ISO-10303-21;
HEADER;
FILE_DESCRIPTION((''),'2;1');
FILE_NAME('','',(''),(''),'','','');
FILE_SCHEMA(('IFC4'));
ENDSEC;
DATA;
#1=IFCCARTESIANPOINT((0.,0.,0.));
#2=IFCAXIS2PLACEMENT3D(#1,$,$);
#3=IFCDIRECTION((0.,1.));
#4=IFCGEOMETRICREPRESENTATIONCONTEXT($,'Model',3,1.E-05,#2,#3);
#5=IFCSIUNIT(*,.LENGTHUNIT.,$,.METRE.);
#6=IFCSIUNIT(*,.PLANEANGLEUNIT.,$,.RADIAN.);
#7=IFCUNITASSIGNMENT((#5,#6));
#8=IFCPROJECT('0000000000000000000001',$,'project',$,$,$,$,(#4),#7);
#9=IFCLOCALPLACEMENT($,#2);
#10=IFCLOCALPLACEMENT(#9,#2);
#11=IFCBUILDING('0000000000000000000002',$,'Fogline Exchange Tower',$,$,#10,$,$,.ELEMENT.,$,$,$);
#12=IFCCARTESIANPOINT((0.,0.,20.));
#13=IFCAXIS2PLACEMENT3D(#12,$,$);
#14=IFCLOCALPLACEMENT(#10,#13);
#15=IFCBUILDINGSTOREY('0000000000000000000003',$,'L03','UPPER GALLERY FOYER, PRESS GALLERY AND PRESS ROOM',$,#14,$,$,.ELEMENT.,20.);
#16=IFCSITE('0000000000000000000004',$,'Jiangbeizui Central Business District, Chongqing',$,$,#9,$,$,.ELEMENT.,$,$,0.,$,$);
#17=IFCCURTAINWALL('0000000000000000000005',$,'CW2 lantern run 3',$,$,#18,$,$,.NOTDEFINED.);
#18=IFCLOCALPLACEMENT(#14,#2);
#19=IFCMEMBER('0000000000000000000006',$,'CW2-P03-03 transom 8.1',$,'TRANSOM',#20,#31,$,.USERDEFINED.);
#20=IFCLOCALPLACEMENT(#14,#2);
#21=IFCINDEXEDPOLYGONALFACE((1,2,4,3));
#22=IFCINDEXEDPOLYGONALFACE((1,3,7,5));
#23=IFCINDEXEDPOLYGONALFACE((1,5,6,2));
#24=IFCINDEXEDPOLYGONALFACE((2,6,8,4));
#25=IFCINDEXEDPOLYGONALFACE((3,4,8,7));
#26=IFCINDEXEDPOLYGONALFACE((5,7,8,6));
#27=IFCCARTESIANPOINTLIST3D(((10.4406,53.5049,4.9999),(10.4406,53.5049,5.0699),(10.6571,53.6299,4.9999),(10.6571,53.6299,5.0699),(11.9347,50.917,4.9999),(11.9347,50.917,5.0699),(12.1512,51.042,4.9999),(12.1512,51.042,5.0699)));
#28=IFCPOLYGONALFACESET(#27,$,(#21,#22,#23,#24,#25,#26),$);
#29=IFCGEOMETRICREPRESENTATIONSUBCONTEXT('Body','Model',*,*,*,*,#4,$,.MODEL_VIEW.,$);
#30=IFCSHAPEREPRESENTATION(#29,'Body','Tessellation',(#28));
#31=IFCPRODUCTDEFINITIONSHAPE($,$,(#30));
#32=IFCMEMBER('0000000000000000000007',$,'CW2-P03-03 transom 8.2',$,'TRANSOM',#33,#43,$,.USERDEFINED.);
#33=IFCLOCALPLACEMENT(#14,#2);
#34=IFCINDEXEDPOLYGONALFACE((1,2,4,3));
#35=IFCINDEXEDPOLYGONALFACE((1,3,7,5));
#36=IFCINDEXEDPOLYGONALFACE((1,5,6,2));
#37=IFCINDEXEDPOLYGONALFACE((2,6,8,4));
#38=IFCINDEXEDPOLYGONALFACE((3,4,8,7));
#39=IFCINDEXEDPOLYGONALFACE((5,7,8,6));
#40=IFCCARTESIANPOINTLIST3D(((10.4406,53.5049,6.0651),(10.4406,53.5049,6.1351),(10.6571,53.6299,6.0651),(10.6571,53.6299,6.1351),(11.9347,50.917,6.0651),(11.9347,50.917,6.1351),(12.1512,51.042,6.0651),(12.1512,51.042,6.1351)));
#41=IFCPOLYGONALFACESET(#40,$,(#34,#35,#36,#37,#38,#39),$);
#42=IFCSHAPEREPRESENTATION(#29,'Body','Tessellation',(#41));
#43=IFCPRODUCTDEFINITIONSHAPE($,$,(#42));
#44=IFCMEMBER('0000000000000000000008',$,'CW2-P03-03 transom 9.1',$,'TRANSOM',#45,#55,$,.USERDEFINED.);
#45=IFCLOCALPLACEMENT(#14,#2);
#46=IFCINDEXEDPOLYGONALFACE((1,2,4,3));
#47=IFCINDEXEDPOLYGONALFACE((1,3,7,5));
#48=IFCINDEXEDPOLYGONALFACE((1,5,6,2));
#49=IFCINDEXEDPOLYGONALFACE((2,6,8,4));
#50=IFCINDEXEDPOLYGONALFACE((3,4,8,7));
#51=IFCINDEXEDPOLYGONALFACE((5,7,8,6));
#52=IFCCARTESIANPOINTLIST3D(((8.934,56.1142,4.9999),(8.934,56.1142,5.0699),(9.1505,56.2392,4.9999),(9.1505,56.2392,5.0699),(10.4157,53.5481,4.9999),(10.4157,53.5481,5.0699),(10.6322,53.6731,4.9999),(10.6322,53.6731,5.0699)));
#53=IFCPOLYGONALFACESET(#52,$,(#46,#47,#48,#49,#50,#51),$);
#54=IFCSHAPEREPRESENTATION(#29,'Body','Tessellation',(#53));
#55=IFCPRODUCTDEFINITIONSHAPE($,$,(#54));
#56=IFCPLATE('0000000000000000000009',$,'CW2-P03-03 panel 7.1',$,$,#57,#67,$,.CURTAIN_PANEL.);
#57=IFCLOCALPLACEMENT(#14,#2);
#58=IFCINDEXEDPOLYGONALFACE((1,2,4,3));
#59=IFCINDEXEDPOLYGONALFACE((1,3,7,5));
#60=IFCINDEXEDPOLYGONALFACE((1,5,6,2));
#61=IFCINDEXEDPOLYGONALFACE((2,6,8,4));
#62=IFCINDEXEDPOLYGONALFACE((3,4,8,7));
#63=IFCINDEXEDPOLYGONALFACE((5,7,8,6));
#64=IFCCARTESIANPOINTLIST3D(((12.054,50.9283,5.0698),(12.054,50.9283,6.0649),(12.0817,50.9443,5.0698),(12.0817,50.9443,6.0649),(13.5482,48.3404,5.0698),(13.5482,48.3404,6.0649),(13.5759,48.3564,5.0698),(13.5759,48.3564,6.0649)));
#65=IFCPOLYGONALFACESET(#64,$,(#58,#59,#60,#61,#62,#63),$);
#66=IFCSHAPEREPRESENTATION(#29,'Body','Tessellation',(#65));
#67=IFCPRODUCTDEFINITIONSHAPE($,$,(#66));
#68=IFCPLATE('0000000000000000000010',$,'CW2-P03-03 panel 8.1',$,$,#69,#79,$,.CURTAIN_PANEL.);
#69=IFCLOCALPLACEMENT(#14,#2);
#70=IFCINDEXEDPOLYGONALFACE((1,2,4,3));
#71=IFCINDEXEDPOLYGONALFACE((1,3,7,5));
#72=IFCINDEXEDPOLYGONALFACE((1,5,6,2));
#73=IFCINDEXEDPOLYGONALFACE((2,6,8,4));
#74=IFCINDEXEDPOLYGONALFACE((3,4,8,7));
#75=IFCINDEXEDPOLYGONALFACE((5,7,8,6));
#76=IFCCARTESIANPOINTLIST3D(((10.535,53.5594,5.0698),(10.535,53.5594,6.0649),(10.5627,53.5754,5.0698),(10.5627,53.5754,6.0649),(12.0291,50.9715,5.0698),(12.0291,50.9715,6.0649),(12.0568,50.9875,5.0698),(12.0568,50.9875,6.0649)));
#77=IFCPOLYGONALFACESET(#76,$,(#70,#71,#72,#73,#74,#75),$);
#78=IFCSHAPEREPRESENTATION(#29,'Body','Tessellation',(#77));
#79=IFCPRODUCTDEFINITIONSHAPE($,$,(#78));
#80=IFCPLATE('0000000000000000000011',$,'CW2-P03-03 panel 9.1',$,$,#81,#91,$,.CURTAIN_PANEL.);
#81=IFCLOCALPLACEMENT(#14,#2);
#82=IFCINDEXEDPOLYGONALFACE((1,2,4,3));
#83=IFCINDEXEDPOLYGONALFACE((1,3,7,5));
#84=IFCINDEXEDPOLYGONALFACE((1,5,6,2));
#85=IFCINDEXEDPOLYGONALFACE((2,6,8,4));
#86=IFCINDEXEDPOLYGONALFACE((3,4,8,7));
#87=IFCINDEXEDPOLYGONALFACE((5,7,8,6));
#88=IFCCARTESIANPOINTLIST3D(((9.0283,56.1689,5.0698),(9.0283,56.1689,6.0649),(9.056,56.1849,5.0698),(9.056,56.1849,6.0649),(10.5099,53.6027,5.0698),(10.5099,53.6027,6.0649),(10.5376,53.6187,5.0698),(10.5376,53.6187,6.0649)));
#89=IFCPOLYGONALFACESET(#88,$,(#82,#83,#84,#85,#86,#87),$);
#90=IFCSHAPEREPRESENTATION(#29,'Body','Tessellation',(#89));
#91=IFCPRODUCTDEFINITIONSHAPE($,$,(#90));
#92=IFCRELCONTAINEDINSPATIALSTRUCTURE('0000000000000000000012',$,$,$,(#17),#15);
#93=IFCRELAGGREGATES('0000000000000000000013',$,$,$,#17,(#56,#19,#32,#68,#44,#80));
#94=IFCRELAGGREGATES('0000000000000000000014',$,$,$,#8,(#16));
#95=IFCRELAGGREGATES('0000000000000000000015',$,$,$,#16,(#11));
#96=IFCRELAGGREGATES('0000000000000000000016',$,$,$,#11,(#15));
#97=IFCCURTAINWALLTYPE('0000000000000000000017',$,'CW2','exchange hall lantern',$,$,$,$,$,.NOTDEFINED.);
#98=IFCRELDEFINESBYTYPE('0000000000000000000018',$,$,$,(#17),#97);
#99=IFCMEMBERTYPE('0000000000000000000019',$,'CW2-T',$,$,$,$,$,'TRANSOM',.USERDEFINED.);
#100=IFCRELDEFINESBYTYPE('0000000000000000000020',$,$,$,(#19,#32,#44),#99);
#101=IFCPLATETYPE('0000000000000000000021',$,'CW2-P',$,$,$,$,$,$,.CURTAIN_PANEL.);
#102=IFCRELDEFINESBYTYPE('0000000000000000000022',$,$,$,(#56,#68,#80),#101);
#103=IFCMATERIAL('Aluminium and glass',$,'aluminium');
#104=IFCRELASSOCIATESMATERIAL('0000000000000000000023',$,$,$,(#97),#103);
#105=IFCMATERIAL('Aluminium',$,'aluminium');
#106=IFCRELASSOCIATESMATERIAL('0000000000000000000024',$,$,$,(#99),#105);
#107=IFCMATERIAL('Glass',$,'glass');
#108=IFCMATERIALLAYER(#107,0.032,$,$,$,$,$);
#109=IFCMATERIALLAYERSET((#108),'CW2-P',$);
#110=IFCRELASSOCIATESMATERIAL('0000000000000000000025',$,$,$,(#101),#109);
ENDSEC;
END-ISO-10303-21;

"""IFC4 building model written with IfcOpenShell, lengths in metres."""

from ifc_helpers import new_model, si_unit, direction, frame, origin, origin_2d, place, context, subcontext, project, spatial, rectangle, extrude, material, layer, layer_set, material_profile, profile_set, type_object, element, aggregate, save


model = new_model("IFC4")

# Units and contexts
model_context = context("Model", 3, precision=1e-05, world=origin(), true_north=direction((0.0, 1.0)))
body_context = subcontext(model_context, "Body", "Model", "MODEL_VIEW")
ifc_project = project(units=[si_unit("LENGTHUNIT", "METRE"), si_unit("PLANEANGLEUNIT", "RADIAN")], contexts=[model_context])

# Site, building, storey
site_placement = place(None, origin())
site = spatial("IfcSite", under=ifc_project, at=site_placement, Name="Jiangbeizui Central Business District, Chongqing", CompositionType="ELEMENT", RefElevation=0.0)
building_placement = place(site_placement, origin())
building = spatial("IfcBuilding", under=site, at=building_placement, Name="Fogline Exchange Tower", CompositionType="ELEMENT")
storey_placement = place(building_placement, frame((0.0, 0.0, 20.0)))
storey = spatial("IfcBuildingStorey", under=building, at=storey_placement, Name="L03", Description="UPPER GALLERY FOYER, PRESS GALLERY AND PRESS ROOM", CompositionType="ELEMENT", Elevation=20.0)

# Shared definitions
ifc_material_1 = material(Name="Aluminium and glass", Category="aluminium")
curtain_wall_type = type_object("IfcCurtainWallType", Name="CW2", Description="exchange hall lantern", PredefinedType="NOTDEFINED", material=ifc_material_1)
ifc_material_2 = material(Name="Aluminium", Category="aluminium")

# Curtain wall
curtain_wall_1_placement = place(storey_placement, origin())
curtain_wall_1 = element("IfcCurtainWall", 1, at=curtain_wall_1_placement, inside=storey, type_object=curtain_wall_type, Name="CW2 lantern run 3", PredefinedType="NOTDEFINED")

# Members
ifc_material_profile_1 = material_profile(ifc_material_2, rectangle(XDim=0.25, YDim=0.0701, at=origin_2d()), Name="Transom 70x250")
ifc_profile_set_1 = profile_set([ifc_material_profile_1], Name="Aluminium")
member_type_1 = type_object("IfcMemberType", Name="CW2-T", ElementType="TRANSOM", PredefinedType="USERDEFINED", material=ifc_profile_set_1)
member_1_placement = place(storey_placement, frame((12.043, 50.9795, 5.0349), z_axis=(-0.500005, 0.866022, 0.0), x_axis=(-0.866022, -0.500005, 0.0)))
member_1 = element("IfcMember", 2, at=member_1_placement, type_object=member_type_1, Name="CW2-P03-03 transom 8.1", ObjectType="TRANSOM", PredefinedType="USERDEFINED", context=body_context, shape_type="SweptSolid", body=[
    extrude(rectangle(XDim=0.25, YDim=0.0701, at=origin_2d()), origin(), (0.0, 0.0, 1.0), 2.9883),
])
member_2_placement = place(storey_placement, frame((12.043, 50.9795, 6.1001), z_axis=(-0.500005, 0.866022, 0.0), x_axis=(-0.866022, -0.500005, 0.0)))
member_2 = element("IfcMember", 3, at=member_2_placement, type_object=member_type_1, Name="CW2-P03-03 transom 8.2", ObjectType="TRANSOM", PredefinedType="USERDEFINED", context=body_context, shape_type="SweptSolid", body=[
    extrude(rectangle(XDim=0.25, YDim=0.0701, at=origin_2d()), origin(), (0.0, 0.0, 1.0), 2.9883),
])
member_3_placement = place(storey_placement, frame((10.5239, 53.6106, 5.0349), z_axis=(-0.500029, 0.866009, 0.0), x_axis=(-0.866009, -0.500029, 0.0)))
member_3 = element("IfcMember", 4, at=member_3_placement, type_object=member_type_1, Name="CW2-P03-03 transom 9.1", ObjectType="TRANSOM", PredefinedType="USERDEFINED", context=body_context, shape_type="SweptSolid", body=[
    extrude(rectangle(XDim=0.25, YDim=0.0701, at=origin_2d()), origin(), (0.0, 0.0, 1.0), 2.9631),
])

# Plates
ifc_material_3 = material(Name="Glass", Category="glass")
ifc_layer_1 = layer(ifc_material_3, 0.032)
ifc_layer_set_1 = layer_set([ifc_layer_1], Name="CW2-P")
plate_type = type_object("IfcPlateType", Name="CW2-P", PredefinedType="CURTAIN_PANEL", material=ifc_layer_set_1)
plate_1_placement = place(storey_placement, frame((12.8149, 49.6423, 5.0698), z_axis=(0.0, 0.0, 1.0), x_axis=(-0.5, 0.866025, 0.0)))
plate_1 = element("IfcPlate", 5, at=plate_1_placement, type_object=plate_type, Name="CW2-P03-03 panel 7.1", PredefinedType="CURTAIN_PANEL", context=body_context, shape_type="SweptSolid", body=[
    extrude(rectangle(XDim=2.9883, YDim=0.032, at=origin_2d()), origin(), (0.0, 0.0, 1.0), 0.9951),
])
plate_2_placement = place(storey_placement, frame((11.2959, 52.2734, 5.0698), z_axis=(0.0, 0.0, 1.0), x_axis=(-0.5, 0.866025, 0.0)))
plate_2 = element("IfcPlate", 6, at=plate_2_placement, type_object=plate_type, Name="CW2-P03-03 panel 8.1", PredefinedType="CURTAIN_PANEL", context=body_context, shape_type="SweptSolid", body=[
    extrude(rectangle(XDim=2.9883, YDim=0.032, at=origin_2d()), origin(), (0.0, 0.0, 1.0), 0.9951),
])
plate_3_placement = place(storey_placement, frame((9.783, 54.8938, 5.0698), z_axis=(0.0, 0.0, 1.0), x_axis=(-0.5, 0.866025, 0.0)))
plate_3 = element("IfcPlate", 7, at=plate_3_placement, type_object=plate_type, Name="CW2-P03-03 panel 9.1", PredefinedType="CURTAIN_PANEL", context=body_context, shape_type="SweptSolid", body=[
    extrude(rectangle(XDim=2.9631, YDim=0.032, at=origin_2d()), origin(), (0.0, 0.0, 1.0), 0.9951),
])
aggregate(curtain_wall_1, [plate_1, member_1, member_2, plate_2, member_3, plate_3])

save(model, "model.ifc")
